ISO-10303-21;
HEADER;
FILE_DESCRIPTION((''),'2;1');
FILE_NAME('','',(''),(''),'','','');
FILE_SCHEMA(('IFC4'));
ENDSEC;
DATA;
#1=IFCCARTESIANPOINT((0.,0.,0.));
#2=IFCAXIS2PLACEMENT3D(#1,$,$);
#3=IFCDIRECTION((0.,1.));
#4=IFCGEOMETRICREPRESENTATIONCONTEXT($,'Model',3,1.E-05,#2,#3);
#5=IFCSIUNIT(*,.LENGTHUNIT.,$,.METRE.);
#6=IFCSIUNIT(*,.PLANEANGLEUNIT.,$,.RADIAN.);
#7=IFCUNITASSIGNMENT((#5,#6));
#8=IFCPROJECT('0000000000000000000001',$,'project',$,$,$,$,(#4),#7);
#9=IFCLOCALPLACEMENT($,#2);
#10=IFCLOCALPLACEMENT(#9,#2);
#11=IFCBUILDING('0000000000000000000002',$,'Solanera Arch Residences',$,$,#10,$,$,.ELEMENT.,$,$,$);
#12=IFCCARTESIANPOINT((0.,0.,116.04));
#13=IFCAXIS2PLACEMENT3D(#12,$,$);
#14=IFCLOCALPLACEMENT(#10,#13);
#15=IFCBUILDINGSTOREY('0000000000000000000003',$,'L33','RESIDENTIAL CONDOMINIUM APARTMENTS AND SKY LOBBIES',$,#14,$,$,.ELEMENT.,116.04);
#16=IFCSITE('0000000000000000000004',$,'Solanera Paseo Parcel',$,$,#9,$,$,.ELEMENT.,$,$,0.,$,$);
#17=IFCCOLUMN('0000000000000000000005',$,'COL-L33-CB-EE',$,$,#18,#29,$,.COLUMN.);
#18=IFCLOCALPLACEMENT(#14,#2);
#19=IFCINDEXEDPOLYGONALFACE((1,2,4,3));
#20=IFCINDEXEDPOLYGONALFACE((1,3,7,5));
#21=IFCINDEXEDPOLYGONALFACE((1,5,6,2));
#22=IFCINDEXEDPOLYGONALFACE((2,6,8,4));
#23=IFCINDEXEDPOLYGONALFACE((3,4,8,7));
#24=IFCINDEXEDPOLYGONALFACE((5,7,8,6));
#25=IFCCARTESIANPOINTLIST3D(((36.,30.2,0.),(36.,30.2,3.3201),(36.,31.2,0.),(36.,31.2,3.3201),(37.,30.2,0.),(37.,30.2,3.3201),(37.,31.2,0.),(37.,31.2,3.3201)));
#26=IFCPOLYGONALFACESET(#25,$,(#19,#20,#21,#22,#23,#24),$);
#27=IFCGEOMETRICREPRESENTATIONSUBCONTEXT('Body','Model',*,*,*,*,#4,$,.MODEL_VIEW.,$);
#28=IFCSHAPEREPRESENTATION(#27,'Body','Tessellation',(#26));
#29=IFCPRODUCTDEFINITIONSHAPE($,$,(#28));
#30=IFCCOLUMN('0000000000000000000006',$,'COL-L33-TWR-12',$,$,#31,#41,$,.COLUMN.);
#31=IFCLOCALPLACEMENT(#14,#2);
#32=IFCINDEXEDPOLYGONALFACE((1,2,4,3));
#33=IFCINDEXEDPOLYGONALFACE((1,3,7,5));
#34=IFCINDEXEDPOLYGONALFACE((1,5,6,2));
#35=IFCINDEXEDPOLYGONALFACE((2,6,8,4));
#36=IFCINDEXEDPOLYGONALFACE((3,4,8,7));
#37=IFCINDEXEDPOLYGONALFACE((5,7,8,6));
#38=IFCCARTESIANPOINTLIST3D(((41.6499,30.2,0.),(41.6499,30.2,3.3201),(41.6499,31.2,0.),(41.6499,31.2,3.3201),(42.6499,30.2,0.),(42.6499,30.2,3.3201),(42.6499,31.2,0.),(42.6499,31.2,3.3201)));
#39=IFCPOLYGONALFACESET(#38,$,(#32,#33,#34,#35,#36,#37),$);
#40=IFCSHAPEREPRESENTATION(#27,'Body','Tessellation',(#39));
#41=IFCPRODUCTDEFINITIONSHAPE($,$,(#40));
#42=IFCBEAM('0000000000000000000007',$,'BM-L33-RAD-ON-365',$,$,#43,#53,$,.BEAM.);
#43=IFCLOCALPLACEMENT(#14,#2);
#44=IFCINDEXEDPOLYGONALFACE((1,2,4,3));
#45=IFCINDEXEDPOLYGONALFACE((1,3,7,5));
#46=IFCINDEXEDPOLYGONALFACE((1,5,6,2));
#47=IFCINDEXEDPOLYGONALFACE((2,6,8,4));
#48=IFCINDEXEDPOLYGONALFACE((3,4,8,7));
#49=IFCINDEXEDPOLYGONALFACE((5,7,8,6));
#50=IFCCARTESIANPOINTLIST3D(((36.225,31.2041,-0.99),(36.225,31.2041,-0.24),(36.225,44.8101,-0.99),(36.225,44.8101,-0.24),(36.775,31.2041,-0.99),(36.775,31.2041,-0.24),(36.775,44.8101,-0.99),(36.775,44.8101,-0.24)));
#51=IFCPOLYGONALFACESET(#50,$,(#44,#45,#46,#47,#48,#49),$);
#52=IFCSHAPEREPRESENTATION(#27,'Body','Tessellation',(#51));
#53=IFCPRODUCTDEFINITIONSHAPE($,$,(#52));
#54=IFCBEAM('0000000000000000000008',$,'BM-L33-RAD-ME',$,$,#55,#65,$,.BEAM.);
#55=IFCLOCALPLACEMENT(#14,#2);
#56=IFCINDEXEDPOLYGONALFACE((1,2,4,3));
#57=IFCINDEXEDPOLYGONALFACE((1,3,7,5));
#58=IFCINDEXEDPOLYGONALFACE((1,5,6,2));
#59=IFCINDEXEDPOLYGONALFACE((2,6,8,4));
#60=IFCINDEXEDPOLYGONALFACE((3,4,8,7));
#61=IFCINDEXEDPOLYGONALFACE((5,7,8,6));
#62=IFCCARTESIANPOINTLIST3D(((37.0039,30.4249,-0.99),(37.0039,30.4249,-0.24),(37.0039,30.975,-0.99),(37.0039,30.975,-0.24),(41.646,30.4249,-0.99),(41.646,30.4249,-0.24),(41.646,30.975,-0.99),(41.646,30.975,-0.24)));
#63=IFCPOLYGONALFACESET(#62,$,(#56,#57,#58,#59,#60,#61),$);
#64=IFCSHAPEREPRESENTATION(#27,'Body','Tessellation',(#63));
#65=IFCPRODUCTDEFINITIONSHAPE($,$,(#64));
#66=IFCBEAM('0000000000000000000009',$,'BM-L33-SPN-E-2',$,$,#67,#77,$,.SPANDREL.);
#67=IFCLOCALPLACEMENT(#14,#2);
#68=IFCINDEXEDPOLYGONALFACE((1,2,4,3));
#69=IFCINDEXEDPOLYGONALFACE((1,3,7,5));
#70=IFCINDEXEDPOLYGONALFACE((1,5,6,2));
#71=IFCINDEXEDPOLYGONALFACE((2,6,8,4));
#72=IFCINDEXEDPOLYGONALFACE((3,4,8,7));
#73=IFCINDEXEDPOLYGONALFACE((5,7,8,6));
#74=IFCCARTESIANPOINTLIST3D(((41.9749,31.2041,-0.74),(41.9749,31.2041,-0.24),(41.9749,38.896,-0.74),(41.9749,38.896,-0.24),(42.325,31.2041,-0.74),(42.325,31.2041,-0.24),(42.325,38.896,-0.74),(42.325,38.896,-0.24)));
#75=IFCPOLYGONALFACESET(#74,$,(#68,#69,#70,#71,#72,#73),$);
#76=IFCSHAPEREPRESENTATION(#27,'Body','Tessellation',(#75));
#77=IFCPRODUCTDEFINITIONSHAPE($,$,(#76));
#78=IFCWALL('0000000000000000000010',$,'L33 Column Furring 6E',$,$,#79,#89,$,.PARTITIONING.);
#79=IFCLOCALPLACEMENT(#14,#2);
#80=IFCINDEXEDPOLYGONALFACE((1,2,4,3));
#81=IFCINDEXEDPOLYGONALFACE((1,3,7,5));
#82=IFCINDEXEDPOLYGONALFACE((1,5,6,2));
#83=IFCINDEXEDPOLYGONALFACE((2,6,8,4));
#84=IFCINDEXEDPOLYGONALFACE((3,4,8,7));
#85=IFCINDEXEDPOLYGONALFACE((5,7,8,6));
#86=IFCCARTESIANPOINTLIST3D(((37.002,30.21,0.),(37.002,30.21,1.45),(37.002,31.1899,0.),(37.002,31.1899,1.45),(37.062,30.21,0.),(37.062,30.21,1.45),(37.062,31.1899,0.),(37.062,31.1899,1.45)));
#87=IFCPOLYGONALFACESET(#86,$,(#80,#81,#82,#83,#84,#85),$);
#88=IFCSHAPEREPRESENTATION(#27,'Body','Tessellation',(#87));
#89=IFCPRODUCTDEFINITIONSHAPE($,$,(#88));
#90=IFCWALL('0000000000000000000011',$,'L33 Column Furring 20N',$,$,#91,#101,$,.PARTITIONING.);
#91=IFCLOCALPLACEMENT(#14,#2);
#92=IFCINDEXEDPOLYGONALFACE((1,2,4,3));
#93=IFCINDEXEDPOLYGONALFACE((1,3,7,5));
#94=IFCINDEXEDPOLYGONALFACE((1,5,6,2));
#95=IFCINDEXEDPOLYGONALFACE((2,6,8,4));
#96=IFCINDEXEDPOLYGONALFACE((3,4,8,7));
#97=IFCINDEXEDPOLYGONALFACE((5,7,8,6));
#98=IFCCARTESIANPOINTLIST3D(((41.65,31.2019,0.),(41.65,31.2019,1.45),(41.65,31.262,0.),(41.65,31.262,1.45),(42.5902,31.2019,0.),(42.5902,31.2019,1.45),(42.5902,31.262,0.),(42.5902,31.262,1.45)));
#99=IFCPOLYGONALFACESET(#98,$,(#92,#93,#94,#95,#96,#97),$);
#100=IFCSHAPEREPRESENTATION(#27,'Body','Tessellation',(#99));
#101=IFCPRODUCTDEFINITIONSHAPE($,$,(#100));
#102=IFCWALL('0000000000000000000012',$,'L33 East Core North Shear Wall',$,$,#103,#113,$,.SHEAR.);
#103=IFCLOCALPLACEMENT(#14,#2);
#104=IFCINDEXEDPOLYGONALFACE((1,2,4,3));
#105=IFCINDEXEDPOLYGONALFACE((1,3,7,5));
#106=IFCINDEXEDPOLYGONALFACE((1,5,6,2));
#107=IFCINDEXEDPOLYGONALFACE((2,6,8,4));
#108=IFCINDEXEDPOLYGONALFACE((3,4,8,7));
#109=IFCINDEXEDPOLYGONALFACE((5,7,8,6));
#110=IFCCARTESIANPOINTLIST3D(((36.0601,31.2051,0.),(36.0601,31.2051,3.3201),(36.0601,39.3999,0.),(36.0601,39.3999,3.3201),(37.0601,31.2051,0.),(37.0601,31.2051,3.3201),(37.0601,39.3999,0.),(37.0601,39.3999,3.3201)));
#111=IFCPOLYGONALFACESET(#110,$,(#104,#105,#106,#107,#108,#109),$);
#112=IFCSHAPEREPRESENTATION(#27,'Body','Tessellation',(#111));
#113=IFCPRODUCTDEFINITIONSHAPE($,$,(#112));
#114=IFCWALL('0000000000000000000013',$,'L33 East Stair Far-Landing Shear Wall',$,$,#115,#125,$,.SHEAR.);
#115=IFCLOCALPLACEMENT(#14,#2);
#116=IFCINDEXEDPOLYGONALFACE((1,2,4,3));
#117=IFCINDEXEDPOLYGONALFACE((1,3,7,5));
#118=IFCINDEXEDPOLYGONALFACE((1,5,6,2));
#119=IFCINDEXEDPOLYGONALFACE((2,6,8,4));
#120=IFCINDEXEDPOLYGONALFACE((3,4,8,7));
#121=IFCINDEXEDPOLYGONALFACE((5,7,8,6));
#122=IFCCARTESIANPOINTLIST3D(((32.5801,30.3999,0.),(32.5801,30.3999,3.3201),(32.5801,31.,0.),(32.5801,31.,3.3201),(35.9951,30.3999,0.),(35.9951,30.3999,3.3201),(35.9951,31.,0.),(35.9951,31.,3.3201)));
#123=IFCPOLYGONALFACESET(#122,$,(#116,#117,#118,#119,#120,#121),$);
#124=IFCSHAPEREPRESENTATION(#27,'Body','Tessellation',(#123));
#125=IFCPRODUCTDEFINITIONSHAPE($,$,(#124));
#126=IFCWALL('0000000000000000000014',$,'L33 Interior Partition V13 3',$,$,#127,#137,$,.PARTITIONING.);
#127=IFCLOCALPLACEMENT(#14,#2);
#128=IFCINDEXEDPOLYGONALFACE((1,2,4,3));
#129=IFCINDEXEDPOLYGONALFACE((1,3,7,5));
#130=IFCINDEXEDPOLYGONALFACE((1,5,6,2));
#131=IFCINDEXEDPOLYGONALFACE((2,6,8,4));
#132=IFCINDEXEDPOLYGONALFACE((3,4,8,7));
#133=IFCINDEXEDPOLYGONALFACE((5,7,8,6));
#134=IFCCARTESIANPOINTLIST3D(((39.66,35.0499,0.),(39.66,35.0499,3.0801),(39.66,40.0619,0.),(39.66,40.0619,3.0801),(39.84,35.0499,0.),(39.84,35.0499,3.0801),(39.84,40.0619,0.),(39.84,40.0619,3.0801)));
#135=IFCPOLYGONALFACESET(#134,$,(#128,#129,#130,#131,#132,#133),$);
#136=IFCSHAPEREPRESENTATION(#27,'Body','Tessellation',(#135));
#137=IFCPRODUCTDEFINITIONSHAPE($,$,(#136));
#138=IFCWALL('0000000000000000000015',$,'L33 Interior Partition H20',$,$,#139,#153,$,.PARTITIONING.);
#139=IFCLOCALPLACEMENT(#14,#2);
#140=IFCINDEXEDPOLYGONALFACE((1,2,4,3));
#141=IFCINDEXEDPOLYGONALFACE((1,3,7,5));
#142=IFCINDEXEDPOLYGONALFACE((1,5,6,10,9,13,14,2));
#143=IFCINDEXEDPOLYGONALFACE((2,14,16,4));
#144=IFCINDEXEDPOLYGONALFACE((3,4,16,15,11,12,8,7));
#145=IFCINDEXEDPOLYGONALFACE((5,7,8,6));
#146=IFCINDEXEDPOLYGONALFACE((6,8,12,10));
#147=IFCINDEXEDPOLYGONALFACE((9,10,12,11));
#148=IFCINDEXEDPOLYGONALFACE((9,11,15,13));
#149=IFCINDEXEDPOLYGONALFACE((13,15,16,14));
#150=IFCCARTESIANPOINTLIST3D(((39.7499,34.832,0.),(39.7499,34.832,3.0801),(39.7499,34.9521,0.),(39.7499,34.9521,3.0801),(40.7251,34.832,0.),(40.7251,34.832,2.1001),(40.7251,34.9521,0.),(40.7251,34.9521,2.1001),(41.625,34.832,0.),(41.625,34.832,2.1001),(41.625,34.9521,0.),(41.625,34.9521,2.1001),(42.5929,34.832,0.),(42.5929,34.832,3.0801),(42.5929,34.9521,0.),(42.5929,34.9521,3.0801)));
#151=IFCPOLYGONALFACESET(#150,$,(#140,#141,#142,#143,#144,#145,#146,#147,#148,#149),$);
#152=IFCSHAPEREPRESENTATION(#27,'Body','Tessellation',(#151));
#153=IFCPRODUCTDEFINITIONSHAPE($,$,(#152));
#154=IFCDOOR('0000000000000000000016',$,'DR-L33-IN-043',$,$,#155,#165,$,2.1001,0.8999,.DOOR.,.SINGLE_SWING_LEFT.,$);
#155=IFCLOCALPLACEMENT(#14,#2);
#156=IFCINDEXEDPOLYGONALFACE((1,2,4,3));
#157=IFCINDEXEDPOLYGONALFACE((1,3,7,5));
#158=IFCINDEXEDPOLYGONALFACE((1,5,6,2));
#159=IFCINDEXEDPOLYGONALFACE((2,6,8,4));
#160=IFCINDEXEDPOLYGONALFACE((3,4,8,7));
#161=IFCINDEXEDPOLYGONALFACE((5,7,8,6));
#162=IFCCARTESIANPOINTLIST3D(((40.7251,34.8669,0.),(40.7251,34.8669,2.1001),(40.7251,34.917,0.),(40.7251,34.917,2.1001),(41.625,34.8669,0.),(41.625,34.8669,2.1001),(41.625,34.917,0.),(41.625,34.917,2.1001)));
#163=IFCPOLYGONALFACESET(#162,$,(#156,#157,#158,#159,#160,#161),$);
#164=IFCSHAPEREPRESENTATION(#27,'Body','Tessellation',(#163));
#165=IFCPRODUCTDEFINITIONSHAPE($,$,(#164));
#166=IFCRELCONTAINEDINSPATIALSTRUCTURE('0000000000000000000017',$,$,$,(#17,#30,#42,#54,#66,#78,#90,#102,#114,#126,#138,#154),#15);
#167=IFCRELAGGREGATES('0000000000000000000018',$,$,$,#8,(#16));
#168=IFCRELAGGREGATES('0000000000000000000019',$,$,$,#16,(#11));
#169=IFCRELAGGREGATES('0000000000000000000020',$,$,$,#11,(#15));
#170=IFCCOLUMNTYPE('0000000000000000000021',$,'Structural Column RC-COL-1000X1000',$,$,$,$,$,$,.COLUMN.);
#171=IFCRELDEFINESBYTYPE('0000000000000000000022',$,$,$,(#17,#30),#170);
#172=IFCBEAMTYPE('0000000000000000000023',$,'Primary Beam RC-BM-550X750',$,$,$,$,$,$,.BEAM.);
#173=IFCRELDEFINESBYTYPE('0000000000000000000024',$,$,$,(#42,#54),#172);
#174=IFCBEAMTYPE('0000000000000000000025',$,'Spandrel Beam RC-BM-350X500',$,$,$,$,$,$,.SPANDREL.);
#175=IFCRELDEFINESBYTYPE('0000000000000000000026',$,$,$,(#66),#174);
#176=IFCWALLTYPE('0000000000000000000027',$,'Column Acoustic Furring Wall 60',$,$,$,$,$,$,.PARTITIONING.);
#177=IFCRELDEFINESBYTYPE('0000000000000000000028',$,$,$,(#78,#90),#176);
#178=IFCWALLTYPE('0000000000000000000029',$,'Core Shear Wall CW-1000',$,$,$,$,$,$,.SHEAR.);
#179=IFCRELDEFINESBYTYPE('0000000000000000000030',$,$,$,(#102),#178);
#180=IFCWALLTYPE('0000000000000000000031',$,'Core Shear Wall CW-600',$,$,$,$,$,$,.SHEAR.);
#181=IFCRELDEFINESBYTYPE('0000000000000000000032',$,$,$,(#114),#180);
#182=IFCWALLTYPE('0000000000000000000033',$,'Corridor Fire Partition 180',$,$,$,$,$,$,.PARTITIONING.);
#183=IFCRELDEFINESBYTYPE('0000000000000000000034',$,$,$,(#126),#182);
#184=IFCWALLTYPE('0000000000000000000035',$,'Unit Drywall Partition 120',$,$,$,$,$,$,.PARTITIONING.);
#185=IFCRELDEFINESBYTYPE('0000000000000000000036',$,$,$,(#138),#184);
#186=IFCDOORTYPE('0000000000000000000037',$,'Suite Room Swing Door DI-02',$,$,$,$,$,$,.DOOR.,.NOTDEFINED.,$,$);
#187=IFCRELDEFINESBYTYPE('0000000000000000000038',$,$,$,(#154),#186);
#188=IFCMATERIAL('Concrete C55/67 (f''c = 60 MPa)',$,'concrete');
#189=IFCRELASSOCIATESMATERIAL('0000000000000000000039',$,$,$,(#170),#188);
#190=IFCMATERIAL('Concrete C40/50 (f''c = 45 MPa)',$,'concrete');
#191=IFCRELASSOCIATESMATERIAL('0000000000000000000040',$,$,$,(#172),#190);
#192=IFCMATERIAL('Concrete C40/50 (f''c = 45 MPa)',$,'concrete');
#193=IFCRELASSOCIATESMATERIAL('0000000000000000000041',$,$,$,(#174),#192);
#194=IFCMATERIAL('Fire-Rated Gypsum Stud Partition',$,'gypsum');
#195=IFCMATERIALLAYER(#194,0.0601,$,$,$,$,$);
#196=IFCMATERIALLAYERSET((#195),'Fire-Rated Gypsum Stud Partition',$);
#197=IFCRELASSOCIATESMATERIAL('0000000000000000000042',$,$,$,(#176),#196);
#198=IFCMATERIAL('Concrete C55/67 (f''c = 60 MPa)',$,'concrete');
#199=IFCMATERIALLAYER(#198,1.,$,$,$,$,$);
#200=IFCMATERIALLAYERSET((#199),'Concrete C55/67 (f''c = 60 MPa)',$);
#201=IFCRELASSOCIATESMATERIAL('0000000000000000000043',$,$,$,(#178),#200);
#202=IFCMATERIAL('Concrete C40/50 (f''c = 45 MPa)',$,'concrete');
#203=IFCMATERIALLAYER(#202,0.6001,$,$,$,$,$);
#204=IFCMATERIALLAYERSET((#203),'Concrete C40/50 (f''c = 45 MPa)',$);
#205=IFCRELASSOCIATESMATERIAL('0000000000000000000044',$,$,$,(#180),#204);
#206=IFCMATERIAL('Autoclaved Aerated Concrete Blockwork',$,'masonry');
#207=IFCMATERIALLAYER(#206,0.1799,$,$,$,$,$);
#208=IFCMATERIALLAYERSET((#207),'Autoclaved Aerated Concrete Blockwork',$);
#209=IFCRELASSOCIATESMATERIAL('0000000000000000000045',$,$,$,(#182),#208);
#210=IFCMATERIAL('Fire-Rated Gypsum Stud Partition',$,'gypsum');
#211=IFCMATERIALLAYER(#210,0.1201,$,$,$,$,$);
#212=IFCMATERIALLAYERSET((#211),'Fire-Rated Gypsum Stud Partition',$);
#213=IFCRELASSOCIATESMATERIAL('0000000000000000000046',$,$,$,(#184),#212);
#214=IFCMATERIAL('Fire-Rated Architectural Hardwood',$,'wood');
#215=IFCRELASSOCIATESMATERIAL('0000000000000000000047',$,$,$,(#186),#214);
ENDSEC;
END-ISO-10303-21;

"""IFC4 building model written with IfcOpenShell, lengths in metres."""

from ifc_helpers import new_model, si_unit, direction, frame, frame_2d, origin, origin_2d, place, context, subcontext, project, spatial, rectangle, extrude, material, layer, layer_set, material_profile, profile_set, type_object, element, fill, save


model = new_model("IFC4")

# Units and contexts
model_context = context("Model", 3, precision=1e-05, world=origin(), true_north=direction((0.0, 1.0)))
body_context = subcontext(model_context, "Body", "Model", "MODEL_VIEW")
ifc_project = project(units=[si_unit("LENGTHUNIT", "METRE"), si_unit("PLANEANGLEUNIT", "RADIAN")], contexts=[model_context])

# Site, building, storey
site_placement = place(None, origin())
site = spatial("IfcSite", under=ifc_project, at=site_placement, Name="Solanera Paseo Parcel", CompositionType="ELEMENT", RefElevation=0.0)
building_placement = place(site_placement, origin())
building = spatial("IfcBuilding", under=site, at=building_placement, Name="Solanera Arch Residences", CompositionType="ELEMENT")
storey_placement = place(building_placement, frame((0.0, 0.0, 116.04)))
storey = spatial("IfcBuildingStorey", under=building, at=storey_placement, Name="L33", Description="RESIDENTIAL CONDOMINIUM APARTMENTS AND SKY LOBBIES", CompositionType="ELEMENT", Elevation=116.04)

# Columns
ifc_material_1 = material(Name="Concrete C55/67 (f'c = 60 MPa)", Category="concrete")
ifc_material_profile_1 = material_profile(ifc_material_1, rectangle(XDim=1.0, YDim=1.0, at=origin_2d()))
ifc_profile_set_1 = profile_set([ifc_material_profile_1], Name="Concrete C55/67 (f'c = 60 MPa)")
column_type = type_object("IfcColumnType", Name="Structural Column RC-COL-1000X1000", PredefinedType="COLUMN", material=ifc_profile_set_1)
for number, where, z_axis, x_axis, name in (
    (1, (36.5, 30.7, 0.0), (0.0, 0.0, 1.0), (1.0, 0.0, 0.0), "COL-L33-CB-EE"),
    (2, (42.1499, 30.7, 0.0), (0.0, 0.0, 1.0), (1.0, 0.0, 0.0), "COL-L33-TWR-12"),
):
    element("IfcColumn", number, at=place(storey_placement, frame(where, z_axis=z_axis, x_axis=x_axis)), inside=storey, type_object=column_type, Name=name, PredefinedType="COLUMN", context=body_context, shape_type="SweptSolid", body=[
        extrude(rectangle(XDim=1.0, YDim=1.0, at=origin_2d()), origin(), (0.0, 0.0, 1.0), 3.3201),
    ])

# Beams
ifc_material_2 = material(Name="Concrete C40/50 (f'c = 45 MPa)", Category="concrete")
ifc_material_profile_2 = material_profile(ifc_material_2, rectangle(XDim=0.55, YDim=0.75, at=origin_2d()))
ifc_profile_set_2 = profile_set([ifc_material_profile_2], Name="Concrete C40/50 (f'c = 45 MPa)")
beam_type_1 = type_object("IfcBeamType", Name="Primary Beam RC-BM-550X750", PredefinedType="BEAM", material=ifc_profile_set_2)
beam_1_placement = place(storey_placement, frame((36.5, 31.2041, -0.615), z_axis=(0.0, 1.0, 0.0), x_axis=(-1.0, 0.0, 0.0)))
element("IfcBeam", 3, at=beam_1_placement, inside=storey, type_object=beam_type_1, Name="BM-L33-RAD-ON-365", PredefinedType="BEAM", context=body_context, shape_type="SweptSolid", body=[
    extrude(rectangle(XDim=0.55, YDim=0.75, at=origin_2d()), origin(), (0.0, 0.0, 1.0), 13.606),
])
beam_2_placement = place(storey_placement, frame((37.0039, 30.7, -0.615), z_axis=(1.0, 0.0, 0.0), x_axis=(0.0, 1.0, 0.0)))
element("IfcBeam", 4, at=beam_2_placement, inside=storey, type_object=beam_type_1, Name="BM-L33-RAD-ME", PredefinedType="BEAM", context=body_context, shape_type="SweptSolid", body=[
    extrude(rectangle(XDim=0.55, YDim=0.75, at=origin_2d()), origin(), (0.0, 0.0, 1.0), 4.6421),
])
ifc_material_3 = material(Name="Concrete C40/50 (f'c = 45 MPa)", Category="concrete")
ifc_material_profile_3 = material_profile(ifc_material_3, rectangle(XDim=0.3501, YDim=0.5, at=origin_2d()))
ifc_profile_set_3 = profile_set([ifc_material_profile_3], Name="Concrete C40/50 (f'c = 45 MPa)")
beam_type_2 = type_object("IfcBeamType", Name="Spandrel Beam RC-BM-350X500", PredefinedType="SPANDREL", material=ifc_profile_set_3)
beam_3_placement = place(storey_placement, frame((42.1499, 31.2041, -0.49), z_axis=(0.0, 1.0, 0.0), x_axis=(-1.0, 0.0, 0.0)))
element("IfcBeam", 5, at=beam_3_placement, inside=storey, type_object=beam_type_2, Name="BM-L33-SPN-E-2", PredefinedType="SPANDREL", context=body_context, shape_type="SweptSolid", body=[
    extrude(rectangle(XDim=0.3501, YDim=0.5, at=origin_2d()), origin(), (0.0, 0.0, 1.0), 7.6919),
])

# Walls
ifc_material_4 = material(Name="Fire-Rated Gypsum Stud Partition", Category="gypsum")
ifc_layer_1 = layer(ifc_material_4, 0.0601)
ifc_layer_set_1 = layer_set([ifc_layer_1], Name="Fire-Rated Gypsum Stud Partition")
wall_type_1 = type_object("IfcWallType", Name="Column Acoustic Furring Wall 60", PredefinedType="PARTITIONING", material=ifc_layer_set_1)
wall_1_placement = place(storey_placement, frame((37.032, 30.21, 0.0), z_axis=(0.0, 0.0, 1.0), x_axis=(0.0, 1.0, 0.0)))
element("IfcWall", 6, at=wall_1_placement, inside=storey, type_object=wall_type_1, Name="L33 Column Furring 6E", PredefinedType="PARTITIONING", context=body_context, shape_type="SweptSolid", body=[
    extrude(rectangle(XDim=0.98, YDim=0.0601, at=frame_2d((0.49, 0.0))), origin(), (0.0, 0.0, 1.0), 1.45),
])
wall_2_placement = place(storey_placement, frame((41.6499, 31.2319, 0.0), z_axis=(0.0, 0.0, 1.0), x_axis=(1.0, 0.0, 0.0)))
element("IfcWall", 7, at=wall_2_placement, inside=storey, type_object=wall_type_1, Name="L33 Column Furring 20N", PredefinedType="PARTITIONING", context=body_context, shape_type="SweptSolid", body=[
    extrude(rectangle(XDim=0.9402, YDim=0.0601, at=frame_2d((0.4702, 0.0))), origin(), (0.0, 0.0, 1.0), 1.45),
])
ifc_material_5 = material(Name="Concrete C55/67 (f'c = 60 MPa)", Category="concrete")
ifc_layer_2 = layer(ifc_material_5, 1.0)
ifc_layer_set_2 = layer_set([ifc_layer_2], Name="Concrete C55/67 (f'c = 60 MPa)")
wall_type_2 = type_object("IfcWallType", Name="Core Shear Wall CW-1000", PredefinedType="SHEAR", material=ifc_layer_set_2)
wall_3_placement = place(storey_placement, frame((36.5601, 31.2051, 0.0), z_axis=(0.0, 0.0, 1.0), x_axis=(0.0, 1.0, 0.0)))
element("IfcWall", 8, at=wall_3_placement, inside=storey, type_object=wall_type_2, Name="L33 East Core North Shear Wall", PredefinedType="SHEAR", context=body_context, shape_type="SweptSolid", body=[
    extrude(rectangle(XDim=8.1948, YDim=1.0, at=frame_2d((4.0974, 0.0))), origin(), (0.0, 0.0, 1.0), 3.3201),
])

# Walls
ifc_material_6 = material(Name="Concrete C40/50 (f'c = 45 MPa)", Category="concrete")
ifc_layer_3 = layer(ifc_material_6, 0.6001)
ifc_layer_set_3 = layer_set([ifc_layer_3], Name="Concrete C40/50 (f'c = 45 MPa)")
wall_type_3 = type_object("IfcWallType", Name="Core Shear Wall CW-600", PredefinedType="SHEAR", material=ifc_layer_set_3)
wall_4_placement = place(storey_placement, frame((32.5801, 30.7, 0.0), z_axis=(0.0, 0.0, 1.0), x_axis=(1.0, 0.0, 0.0)))
element("IfcWall", 9, at=wall_4_placement, inside=storey, type_object=wall_type_3, Name="L33 East Stair Far-Landing Shear Wall", PredefinedType="SHEAR", context=body_context, shape_type="SweptSolid", body=[
    extrude(rectangle(XDim=3.415, YDim=0.6001, at=frame_2d((1.7075, 0.0))), origin(), (0.0, 0.0, 1.0), 3.3201),
])
ifc_material_7 = material(Name="Autoclaved Aerated Concrete Blockwork", Category="masonry")
ifc_layer_4 = layer(ifc_material_7, 0.1799)
ifc_layer_set_4 = layer_set([ifc_layer_4], Name="Autoclaved Aerated Concrete Blockwork")
wall_type_4 = type_object("IfcWallType", Name="Corridor Fire Partition 180", PredefinedType="PARTITIONING", material=ifc_layer_set_4)
wall_5_placement = place(storey_placement, frame((39.75, 35.05, 0.0), z_axis=(0.0, 0.0, 1.0), x_axis=(0.0, 1.0, 0.0)))
element("IfcWall", 10, at=wall_5_placement, inside=storey, type_object=wall_type_4, Name="L33 Interior Partition V13 3", PredefinedType="PARTITIONING", context=body_context, shape_type="SweptSolid", body=[
    extrude(rectangle(XDim=5.012, YDim=0.1799, at=frame_2d((2.5059, 0.0))), origin(), (0.0, 0.0, 1.0), 3.0801),
])

# Wall, opening, door
ifc_material_8 = material(Name="Fire-Rated Gypsum Stud Partition", Category="gypsum")
ifc_layer_5 = layer(ifc_material_8, 0.1201)
ifc_layer_set_5 = layer_set([ifc_layer_5], Name="Fire-Rated Gypsum Stud Partition")
wall_type_5 = type_object("IfcWallType", Name="Unit Drywall Partition 120", PredefinedType="PARTITIONING", material=ifc_layer_set_5)
wall_6_placement = place(storey_placement, frame((39.75, 34.8921, 0.0), z_axis=(0.0, 0.0, 1.0), x_axis=(1.0, 0.0, 0.0)))
wall_6 = element("IfcWall", 11, at=wall_6_placement, inside=storey, type_object=wall_type_5, Name="L33 Interior Partition H20", PredefinedType="PARTITIONING", context=body_context, shape_type="SweptSolid", body=[
    extrude(rectangle(XDim=2.843, YDim=0.1201, at=frame_2d((1.4214, 0.0))), origin(), (0.0, 0.0, 1.0), 3.0801),
])
opening_1_placement = place(wall_6_placement, frame((0.9751, 0.0, 0.0)))
opening_1 = element("IfcOpeningElement", 12, at=opening_1_placement, cuts=wall_6, PredefinedType="OPENING", context=body_context, shape_type="SweptSolid", body=[
    extrude(rectangle(XDim=0.8999, YDim=2.1001, at=frame_2d((0.45, 1.05))), frame((0.0, 0.0701, 0.0), z_axis=(0.0, -1.0, 0.0), x_axis=(1.0, 0.0, 0.0)), (0.0, 0.0, 1.0), 0.1401),
])
ifc_material_9 = material(Name="Fire-Rated Architectural Hardwood", Category="wood")
door_type_1 = type_object("IfcDoorType", Name="Suite Room Swing Door DI-02", OperationType="NOTDEFINED", PredefinedType="DOOR", material=ifc_material_9)
door_1_placement = place(opening_1_placement, origin())
door_1 = element("IfcDoor", 13, at=door_1_placement, inside=storey, type_object=door_type_1, Name="DR-L33-IN-043", OperationType="SINGLE_SWING_LEFT", OverallHeight=2.1001, OverallWidth=0.8999, PredefinedType="DOOR", context=body_context, shape_type="SweptSolid", body=[
    extrude(rectangle(XDim=0.8999, YDim=2.1001, at=frame_2d((0.45, 1.05))), frame((0.0, 0.0249, 0.0), z_axis=(0.0, -1.0, 0.0), x_axis=(1.0, 0.0, 0.0)), (0.0, 0.0, 1.0), 0.05),
])
fill(opening_1, door_1)

save(model, "model.ifc")
